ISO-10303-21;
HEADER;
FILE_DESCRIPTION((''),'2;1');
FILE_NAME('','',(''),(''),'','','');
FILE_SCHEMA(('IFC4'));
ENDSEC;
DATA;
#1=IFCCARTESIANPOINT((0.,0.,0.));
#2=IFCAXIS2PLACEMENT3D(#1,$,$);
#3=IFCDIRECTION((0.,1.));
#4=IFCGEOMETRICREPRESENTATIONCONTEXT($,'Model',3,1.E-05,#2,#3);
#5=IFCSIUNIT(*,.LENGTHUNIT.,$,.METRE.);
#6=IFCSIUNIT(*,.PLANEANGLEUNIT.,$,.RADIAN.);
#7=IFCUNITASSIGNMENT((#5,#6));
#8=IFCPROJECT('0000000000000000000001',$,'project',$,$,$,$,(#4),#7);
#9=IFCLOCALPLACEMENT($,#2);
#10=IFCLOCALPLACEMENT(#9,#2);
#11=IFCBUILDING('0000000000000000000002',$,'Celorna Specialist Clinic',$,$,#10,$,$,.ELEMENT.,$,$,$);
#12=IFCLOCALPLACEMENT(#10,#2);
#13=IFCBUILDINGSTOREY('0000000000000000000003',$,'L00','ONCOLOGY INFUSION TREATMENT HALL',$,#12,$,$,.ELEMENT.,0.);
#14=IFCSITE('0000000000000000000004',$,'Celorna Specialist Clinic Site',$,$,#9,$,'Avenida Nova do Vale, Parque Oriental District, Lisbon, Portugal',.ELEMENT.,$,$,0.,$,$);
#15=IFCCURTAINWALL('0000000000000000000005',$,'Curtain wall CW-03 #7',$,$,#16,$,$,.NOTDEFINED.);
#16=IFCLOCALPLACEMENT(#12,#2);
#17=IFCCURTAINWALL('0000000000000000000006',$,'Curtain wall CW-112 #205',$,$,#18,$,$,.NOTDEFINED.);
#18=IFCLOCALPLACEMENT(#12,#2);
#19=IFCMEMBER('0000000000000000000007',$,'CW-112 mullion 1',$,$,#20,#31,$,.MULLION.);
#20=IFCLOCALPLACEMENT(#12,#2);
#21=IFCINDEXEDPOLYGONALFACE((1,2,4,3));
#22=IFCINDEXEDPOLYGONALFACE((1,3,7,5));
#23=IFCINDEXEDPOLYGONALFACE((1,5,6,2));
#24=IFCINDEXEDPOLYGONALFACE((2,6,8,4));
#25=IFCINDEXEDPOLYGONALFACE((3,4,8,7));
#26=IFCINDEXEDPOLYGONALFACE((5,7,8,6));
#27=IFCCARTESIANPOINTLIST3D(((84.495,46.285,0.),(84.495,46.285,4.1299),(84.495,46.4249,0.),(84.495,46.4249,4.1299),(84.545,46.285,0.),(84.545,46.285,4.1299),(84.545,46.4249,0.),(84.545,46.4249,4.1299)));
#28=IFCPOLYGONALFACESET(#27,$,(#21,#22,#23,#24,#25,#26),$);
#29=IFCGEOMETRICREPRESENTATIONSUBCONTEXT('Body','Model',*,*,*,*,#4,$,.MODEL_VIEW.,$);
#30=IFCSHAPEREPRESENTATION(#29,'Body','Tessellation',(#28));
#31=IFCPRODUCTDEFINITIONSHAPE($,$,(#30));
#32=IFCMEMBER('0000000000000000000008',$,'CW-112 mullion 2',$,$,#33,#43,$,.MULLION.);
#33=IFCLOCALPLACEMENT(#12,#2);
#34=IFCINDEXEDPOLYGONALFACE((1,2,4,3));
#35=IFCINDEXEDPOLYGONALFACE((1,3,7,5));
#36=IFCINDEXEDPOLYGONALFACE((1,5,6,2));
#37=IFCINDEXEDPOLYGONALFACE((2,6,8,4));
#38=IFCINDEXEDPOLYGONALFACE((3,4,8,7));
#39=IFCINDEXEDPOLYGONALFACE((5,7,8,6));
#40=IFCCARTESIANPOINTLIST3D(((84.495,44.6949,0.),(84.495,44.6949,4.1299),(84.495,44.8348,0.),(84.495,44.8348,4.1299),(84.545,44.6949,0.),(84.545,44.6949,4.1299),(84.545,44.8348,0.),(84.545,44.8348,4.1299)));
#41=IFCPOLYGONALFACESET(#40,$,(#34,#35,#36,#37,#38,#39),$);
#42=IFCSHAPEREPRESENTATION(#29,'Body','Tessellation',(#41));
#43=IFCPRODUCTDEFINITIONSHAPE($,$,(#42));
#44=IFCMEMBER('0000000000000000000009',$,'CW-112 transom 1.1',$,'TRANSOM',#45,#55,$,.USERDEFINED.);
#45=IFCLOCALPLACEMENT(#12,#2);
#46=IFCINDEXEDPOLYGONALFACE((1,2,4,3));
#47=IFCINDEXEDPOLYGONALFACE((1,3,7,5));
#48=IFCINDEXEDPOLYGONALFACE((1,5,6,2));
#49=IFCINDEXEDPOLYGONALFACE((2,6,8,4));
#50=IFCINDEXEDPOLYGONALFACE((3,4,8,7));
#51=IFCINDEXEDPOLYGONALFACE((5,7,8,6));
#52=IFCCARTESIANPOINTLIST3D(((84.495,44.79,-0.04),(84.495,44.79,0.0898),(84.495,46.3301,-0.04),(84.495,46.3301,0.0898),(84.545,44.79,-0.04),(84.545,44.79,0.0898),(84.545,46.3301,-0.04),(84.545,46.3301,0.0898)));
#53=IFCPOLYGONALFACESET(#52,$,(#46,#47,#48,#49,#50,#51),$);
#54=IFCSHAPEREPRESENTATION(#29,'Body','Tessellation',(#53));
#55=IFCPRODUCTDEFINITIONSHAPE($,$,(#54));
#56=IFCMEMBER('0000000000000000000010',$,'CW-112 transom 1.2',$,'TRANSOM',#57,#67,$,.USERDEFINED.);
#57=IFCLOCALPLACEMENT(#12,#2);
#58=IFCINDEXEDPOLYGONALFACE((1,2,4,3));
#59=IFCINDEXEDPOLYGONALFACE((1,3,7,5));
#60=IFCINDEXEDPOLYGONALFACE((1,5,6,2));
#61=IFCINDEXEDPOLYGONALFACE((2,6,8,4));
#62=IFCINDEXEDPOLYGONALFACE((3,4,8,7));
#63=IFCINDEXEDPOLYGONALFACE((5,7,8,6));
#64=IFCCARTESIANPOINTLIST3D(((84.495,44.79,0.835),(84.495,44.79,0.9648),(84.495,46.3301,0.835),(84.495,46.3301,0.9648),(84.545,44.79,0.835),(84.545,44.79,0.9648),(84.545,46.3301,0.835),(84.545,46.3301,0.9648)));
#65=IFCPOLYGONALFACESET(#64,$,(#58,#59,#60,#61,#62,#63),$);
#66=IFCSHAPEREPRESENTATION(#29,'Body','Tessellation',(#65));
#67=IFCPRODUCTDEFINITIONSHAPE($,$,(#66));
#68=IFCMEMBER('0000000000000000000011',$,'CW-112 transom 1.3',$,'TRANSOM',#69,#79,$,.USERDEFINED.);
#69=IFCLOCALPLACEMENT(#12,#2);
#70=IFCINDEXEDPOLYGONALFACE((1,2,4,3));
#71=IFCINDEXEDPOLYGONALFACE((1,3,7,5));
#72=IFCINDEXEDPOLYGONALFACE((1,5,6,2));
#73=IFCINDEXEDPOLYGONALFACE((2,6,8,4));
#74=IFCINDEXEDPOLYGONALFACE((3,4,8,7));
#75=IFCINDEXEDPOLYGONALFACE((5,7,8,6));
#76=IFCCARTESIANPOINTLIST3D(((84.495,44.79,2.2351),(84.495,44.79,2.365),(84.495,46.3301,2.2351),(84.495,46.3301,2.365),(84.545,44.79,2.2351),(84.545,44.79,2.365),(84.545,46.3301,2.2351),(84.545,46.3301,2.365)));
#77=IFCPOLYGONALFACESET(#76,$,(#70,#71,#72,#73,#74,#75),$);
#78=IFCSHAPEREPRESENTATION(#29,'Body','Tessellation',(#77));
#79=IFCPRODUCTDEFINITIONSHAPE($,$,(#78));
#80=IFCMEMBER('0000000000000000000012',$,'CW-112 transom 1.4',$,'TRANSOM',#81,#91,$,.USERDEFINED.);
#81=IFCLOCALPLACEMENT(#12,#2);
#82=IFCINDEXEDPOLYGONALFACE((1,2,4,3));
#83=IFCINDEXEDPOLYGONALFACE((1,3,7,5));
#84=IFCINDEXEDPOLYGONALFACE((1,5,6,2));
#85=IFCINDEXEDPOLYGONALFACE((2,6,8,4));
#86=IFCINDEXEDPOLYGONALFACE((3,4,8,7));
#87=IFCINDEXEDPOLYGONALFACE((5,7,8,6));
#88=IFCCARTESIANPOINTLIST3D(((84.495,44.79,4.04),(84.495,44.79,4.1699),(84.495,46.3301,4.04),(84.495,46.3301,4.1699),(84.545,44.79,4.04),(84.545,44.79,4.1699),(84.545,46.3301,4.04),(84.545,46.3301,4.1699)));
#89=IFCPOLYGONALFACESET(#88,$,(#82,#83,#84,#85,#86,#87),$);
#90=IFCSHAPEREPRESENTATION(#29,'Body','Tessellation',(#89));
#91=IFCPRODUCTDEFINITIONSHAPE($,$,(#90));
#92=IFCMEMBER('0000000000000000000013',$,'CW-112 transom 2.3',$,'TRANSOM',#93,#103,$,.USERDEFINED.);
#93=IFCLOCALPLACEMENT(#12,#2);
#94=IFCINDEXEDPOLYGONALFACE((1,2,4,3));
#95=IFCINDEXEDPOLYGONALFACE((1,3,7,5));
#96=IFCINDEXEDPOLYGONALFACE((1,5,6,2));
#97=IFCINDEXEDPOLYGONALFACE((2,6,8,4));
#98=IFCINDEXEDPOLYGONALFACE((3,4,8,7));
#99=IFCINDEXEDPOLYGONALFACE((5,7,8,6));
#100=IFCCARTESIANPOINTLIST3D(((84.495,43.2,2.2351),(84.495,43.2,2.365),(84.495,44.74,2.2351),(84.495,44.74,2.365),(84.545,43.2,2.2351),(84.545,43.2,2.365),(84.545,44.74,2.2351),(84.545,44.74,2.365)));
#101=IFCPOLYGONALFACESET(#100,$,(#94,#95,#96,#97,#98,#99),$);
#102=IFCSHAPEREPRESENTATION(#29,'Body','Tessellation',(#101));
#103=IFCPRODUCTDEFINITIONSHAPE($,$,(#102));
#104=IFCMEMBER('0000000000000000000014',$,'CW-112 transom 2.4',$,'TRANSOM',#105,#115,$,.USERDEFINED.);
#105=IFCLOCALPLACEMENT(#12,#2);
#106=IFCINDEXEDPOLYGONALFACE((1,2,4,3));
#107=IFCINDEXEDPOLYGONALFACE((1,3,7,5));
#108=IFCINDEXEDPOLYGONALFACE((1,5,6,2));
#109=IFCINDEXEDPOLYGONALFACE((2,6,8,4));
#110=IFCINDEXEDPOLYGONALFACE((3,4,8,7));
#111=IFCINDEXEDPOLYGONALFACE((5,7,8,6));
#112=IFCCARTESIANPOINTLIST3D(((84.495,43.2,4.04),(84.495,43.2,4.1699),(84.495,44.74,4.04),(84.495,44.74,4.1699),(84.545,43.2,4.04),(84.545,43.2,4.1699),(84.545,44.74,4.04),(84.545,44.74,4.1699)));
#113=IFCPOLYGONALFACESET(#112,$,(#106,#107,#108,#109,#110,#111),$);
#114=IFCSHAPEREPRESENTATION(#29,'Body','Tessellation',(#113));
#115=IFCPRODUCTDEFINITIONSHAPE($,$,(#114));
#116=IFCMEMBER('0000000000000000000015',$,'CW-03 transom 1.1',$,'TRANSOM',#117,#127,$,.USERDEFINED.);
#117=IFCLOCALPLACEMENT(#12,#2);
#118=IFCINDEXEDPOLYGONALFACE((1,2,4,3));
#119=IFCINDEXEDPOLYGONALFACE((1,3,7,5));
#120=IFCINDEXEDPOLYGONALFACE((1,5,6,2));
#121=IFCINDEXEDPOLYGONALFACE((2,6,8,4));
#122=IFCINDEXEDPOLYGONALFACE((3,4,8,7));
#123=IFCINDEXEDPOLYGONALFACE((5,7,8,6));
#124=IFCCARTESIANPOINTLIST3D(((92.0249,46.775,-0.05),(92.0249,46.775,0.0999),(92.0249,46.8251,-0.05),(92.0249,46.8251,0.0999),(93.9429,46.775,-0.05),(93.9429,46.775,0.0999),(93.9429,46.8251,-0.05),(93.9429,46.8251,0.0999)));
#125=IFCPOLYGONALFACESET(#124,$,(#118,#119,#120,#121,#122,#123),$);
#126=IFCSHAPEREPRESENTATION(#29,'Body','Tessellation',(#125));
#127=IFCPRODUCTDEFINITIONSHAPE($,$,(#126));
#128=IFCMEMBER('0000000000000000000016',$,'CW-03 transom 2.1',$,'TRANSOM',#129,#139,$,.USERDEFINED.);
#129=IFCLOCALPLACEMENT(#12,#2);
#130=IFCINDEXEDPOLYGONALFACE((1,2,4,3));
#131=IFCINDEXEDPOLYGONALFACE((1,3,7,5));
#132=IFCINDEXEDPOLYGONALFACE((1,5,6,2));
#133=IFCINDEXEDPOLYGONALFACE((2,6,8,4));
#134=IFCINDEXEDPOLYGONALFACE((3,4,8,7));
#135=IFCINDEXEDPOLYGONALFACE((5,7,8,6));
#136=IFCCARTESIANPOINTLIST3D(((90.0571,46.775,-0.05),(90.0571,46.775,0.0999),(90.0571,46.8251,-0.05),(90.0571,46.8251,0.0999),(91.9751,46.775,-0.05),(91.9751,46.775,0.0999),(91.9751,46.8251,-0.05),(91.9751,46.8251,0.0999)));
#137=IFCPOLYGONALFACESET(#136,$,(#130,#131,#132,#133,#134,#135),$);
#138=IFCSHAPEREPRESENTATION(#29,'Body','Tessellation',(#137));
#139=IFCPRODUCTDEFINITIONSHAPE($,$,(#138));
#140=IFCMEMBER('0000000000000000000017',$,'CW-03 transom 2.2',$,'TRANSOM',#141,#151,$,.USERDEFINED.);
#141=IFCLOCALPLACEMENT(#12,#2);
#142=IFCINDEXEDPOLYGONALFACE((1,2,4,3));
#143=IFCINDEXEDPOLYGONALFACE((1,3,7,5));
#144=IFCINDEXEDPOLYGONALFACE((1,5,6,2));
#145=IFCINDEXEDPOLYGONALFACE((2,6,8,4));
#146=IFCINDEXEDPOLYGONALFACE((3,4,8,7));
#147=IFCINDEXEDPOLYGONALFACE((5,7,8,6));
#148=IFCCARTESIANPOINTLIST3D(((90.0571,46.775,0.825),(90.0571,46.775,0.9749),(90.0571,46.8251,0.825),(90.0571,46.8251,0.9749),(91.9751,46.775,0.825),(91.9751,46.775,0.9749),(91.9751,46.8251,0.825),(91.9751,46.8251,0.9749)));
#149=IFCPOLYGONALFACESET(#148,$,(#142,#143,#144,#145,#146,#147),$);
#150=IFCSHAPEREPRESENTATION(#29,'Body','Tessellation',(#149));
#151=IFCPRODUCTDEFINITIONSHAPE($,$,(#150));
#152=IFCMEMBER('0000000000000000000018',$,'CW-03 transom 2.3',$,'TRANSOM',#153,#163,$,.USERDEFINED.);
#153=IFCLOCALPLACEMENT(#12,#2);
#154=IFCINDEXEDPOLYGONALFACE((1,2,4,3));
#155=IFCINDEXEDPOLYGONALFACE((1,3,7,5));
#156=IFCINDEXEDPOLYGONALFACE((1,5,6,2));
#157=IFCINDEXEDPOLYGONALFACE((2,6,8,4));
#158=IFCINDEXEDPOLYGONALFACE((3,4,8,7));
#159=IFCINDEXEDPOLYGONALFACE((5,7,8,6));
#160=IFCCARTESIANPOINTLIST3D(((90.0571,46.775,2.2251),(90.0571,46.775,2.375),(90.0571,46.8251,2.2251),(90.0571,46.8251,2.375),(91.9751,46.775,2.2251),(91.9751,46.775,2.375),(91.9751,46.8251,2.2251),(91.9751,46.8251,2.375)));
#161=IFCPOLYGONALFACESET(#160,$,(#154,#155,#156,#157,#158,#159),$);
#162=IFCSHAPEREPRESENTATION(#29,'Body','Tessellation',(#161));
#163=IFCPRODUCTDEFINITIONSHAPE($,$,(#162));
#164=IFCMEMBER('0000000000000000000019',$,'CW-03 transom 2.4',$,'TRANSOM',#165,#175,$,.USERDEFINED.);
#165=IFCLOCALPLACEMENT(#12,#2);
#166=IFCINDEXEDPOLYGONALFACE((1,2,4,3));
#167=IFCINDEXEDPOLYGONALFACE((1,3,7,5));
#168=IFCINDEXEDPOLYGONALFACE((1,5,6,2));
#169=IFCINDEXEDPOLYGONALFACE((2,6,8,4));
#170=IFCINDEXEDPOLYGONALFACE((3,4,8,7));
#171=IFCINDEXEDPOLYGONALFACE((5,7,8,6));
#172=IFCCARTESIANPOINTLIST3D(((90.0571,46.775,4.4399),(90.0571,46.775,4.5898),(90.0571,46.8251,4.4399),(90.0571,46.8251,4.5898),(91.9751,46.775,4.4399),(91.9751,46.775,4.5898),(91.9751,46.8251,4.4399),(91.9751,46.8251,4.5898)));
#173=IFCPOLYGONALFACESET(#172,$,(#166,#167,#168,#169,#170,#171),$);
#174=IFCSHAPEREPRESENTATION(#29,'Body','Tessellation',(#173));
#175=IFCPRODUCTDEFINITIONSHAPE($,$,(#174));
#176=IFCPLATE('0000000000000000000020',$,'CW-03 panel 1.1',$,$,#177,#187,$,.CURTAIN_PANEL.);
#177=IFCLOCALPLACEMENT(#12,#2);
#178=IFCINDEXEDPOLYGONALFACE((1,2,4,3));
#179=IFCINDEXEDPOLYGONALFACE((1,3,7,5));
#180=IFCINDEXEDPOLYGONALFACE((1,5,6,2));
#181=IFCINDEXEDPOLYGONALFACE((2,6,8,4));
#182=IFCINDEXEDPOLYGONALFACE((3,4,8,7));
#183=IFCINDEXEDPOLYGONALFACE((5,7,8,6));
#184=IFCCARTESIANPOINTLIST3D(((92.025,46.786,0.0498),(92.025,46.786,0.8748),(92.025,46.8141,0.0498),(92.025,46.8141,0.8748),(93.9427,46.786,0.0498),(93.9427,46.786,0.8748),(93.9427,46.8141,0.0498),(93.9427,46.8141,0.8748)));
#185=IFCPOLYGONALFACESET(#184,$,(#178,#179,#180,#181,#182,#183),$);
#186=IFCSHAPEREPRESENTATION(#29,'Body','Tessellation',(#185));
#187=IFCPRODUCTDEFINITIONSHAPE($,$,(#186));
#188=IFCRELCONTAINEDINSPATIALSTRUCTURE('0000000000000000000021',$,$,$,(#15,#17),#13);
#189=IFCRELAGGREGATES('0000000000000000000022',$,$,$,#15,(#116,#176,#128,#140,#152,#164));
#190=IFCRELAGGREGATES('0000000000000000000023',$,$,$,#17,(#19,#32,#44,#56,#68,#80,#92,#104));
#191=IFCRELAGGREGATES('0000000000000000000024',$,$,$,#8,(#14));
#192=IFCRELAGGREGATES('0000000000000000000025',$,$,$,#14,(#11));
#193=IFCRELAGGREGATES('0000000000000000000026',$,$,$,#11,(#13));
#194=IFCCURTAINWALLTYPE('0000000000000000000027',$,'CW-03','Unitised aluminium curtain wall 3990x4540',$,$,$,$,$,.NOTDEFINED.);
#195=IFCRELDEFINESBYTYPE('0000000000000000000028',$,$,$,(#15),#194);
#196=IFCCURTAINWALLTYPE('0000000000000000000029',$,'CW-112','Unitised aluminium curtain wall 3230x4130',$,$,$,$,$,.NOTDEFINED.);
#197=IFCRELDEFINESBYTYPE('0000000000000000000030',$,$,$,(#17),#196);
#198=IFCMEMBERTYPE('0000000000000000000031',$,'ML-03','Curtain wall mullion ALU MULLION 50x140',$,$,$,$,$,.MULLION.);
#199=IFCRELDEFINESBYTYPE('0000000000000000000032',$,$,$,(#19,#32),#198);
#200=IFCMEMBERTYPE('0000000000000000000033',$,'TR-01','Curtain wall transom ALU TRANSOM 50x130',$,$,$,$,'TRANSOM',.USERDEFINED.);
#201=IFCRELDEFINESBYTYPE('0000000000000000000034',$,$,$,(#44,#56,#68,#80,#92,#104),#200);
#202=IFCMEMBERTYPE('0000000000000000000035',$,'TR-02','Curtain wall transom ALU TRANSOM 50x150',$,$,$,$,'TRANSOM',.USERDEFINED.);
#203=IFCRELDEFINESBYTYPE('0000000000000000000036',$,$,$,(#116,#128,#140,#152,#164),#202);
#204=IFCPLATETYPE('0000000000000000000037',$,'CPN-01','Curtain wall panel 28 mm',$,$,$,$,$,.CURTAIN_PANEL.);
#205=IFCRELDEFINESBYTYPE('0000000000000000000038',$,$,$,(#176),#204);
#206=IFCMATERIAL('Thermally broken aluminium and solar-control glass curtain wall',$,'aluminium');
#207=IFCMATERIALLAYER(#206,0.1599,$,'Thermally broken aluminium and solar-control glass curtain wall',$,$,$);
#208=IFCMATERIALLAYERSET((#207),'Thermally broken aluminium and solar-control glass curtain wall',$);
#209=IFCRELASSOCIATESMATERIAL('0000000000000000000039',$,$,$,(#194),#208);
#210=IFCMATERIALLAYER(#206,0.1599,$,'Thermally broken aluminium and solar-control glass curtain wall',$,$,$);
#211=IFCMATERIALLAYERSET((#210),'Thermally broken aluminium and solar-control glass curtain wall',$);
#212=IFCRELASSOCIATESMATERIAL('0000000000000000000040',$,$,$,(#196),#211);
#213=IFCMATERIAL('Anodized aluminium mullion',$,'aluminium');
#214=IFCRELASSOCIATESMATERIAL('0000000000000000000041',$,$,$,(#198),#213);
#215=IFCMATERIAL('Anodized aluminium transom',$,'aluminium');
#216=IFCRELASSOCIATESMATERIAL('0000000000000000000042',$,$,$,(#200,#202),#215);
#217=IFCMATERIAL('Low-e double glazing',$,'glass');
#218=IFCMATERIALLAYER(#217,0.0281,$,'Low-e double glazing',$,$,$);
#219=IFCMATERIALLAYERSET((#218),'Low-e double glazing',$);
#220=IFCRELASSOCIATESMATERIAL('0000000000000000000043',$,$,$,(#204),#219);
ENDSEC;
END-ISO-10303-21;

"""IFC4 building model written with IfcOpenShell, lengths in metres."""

from ifc_helpers import new_model, si_unit, direction, frame, origin, origin_2d, place, context, subcontext, project, spatial, rectangle, extrude, material, layer, layer_set, material_profile, profile_set, type_object, element, aggregate, save


model = new_model("IFC4")

# Units and contexts
model_context = context("Model", 3, precision=1e-05, world=origin(), true_north=direction((0.0, 1.0)))
body_context = subcontext(model_context, "Body", "Model", "MODEL_VIEW")
ifc_project = project(units=[si_unit("LENGTHUNIT", "METRE"), si_unit("PLANEANGLEUNIT", "RADIAN")], contexts=[model_context])

# Site, building, storey
site_placement = place(None, origin())
site = spatial("IfcSite", under=ifc_project, at=site_placement, Name="Celorna Specialist Clinic Site", LongName="Avenida Nova do Vale, Parque Oriental District, Lisbon, Portugal", CompositionType="ELEMENT", RefElevation=0.0)
building_placement = place(site_placement, origin())
building = spatial("IfcBuilding", under=site, at=building_placement, Name="Celorna Specialist Clinic", CompositionType="ELEMENT")
storey_placement = place(building_placement, origin())
storey = spatial("IfcBuildingStorey", under=building, at=storey_placement, Name="L00", Description="ONCOLOGY INFUSION TREATMENT HALL", CompositionType="ELEMENT", Elevation=0.0)

# Curtain walls, members
ifc_material_1 = material(Name="Thermally broken aluminium and solar-control glass curtain wall", Category="aluminium")
ifc_layer_1 = layer(ifc_material_1, 0.1599, Name="Thermally broken aluminium and solar-control glass curtain wall")
ifc_layer_set_1 = layer_set([ifc_layer_1], Name="Thermally broken aluminium and solar-control glass curtain wall")
curtain_wall_type_1 = type_object("IfcCurtainWallType", Name="CW-03", Description="Unitised aluminium curtain wall 3990x4540", PredefinedType="NOTDEFINED", material=ifc_layer_set_1)
curtain_wall_1_placement = place(storey_placement, origin())
curtain_wall_1 = element("IfcCurtainWall", 1, at=curtain_wall_1_placement, inside=storey, type_object=curtain_wall_type_1, Name="Curtain wall CW-03 #7", PredefinedType="NOTDEFINED")
ifc_material_2 = material(Name="Anodized aluminium mullion", Category="aluminium")
ifc_layer_2 = layer(ifc_material_1, 0.1599, Name="Thermally broken aluminium and solar-control glass curtain wall")
ifc_layer_set_2 = layer_set([ifc_layer_2], Name="Thermally broken aluminium and solar-control glass curtain wall")
curtain_wall_type_2 = type_object("IfcCurtainWallType", Name="CW-112", Description="Unitised aluminium curtain wall 3230x4130", PredefinedType="NOTDEFINED", material=ifc_layer_set_2)
curtain_wall_2_placement = place(storey_placement, origin())
curtain_wall_2 = element("IfcCurtainWall", 2, at=curtain_wall_2_placement, inside=storey, type_object=curtain_wall_type_2, Name="Curtain wall CW-112 #205", PredefinedType="NOTDEFINED")
ifc_material_profile_1 = material_profile(ifc_material_2, rectangle(XDim=0.05, YDim=0.1399, at=origin_2d()), Name="ALU MULLION 50x140")
ifc_profile_set_1 = profile_set([ifc_material_profile_1], Name="Anodized aluminium mullion")
member_type_1 = type_object("IfcMemberType", Name="ML-03", Description="Curtain wall mullion ALU MULLION 50x140", PredefinedType="MULLION", material=ifc_profile_set_1)
member_1_placement = place(storey_placement, frame((84.52, 46.355, 0.0), z_axis=(0.0, 0.0, 1.0), x_axis=(1.0, 0.0, 0.0)))
member_1 = element("IfcMember", 3, at=member_1_placement, type_object=member_type_1, Name="CW-112 mullion 1", PredefinedType="MULLION", context=body_context, shape_type="SweptSolid", body=[
    extrude(rectangle(XDim=0.05, YDim=0.1399, at=origin_2d()), origin(), (0.0, 0.0, 1.0), 4.1299),
])
member_2_placement = place(storey_placement, frame((84.52, 44.7649, 0.0), z_axis=(0.0, 0.0, 1.0), x_axis=(1.0, 0.0, 0.0)))
member_2 = element("IfcMember", 4, at=member_2_placement, type_object=member_type_1, Name="CW-112 mullion 2", PredefinedType="MULLION", context=body_context, shape_type="SweptSolid", body=[
    extrude(rectangle(XDim=0.05, YDim=0.1399, at=origin_2d()), origin(), (0.0, 0.0, 1.0), 4.1299),
])
ifc_material_3 = material(Name="Anodized aluminium transom", Category="aluminium")
ifc_material_profile_2 = material_profile(ifc_material_3, rectangle(XDim=0.05, YDim=0.1299, at=origin_2d()), Name="ALU TRANSOM 50x130")
ifc_profile_set_2 = profile_set([ifc_material_profile_2], Name="Anodized aluminium transom")
member_type_2 = type_object("IfcMemberType", Name="TR-01", Description="Curtain wall transom ALU TRANSOM 50x130", ElementType="TRANSOM", PredefinedType="USERDEFINED", material=ifc_profile_set_2)
member_3_placement = place(storey_placement, frame((84.52, 46.3301, 0.0249), z_axis=(0.0, -1.0, 0.0), x_axis=(1.0, 0.0, 0.0)))
member_3 = element("IfcMember", 5, at=member_3_placement, type_object=member_type_2, Name="CW-112 transom 1.1", ObjectType="TRANSOM", PredefinedType="USERDEFINED", context=body_context, shape_type="SweptSolid", body=[
    extrude(rectangle(XDim=0.05, YDim=0.1299, at=origin_2d()), origin(), (0.0, 0.0, 1.0), 1.54),
])
member_4_placement = place(storey_placement, frame((84.52, 46.3301, 0.8999), z_axis=(0.0, -1.0, 0.0), x_axis=(1.0, 0.0, 0.0)))
member_4 = element("IfcMember", 6, at=member_4_placement, type_object=member_type_2, Name="CW-112 transom 1.2", ObjectType="TRANSOM", PredefinedType="USERDEFINED", context=body_context, shape_type="SweptSolid", body=[
    extrude(rectangle(XDim=0.05, YDim=0.1299, at=origin_2d()), origin(), (0.0, 0.0, 1.0), 1.54),
])
member_5_placement = place(storey_placement, frame((84.52, 46.3301, 2.3), z_axis=(0.0, -1.0, 0.0), x_axis=(1.0, 0.0, 0.0)))
member_5 = element("IfcMember", 7, at=member_5_placement, type_object=member_type_2, Name="CW-112 transom 1.3", ObjectType="TRANSOM", PredefinedType="USERDEFINED", context=body_context, shape_type="SweptSolid", body=[
    extrude(rectangle(XDim=0.05, YDim=0.1299, at=origin_2d()), origin(), (0.0, 0.0, 1.0), 1.54),
])
member_6_placement = place(storey_placement, frame((84.52, 46.3301, 4.105), z_axis=(0.0, -1.0, 0.0), x_axis=(1.0, 0.0, 0.0)))
member_6 = element("IfcMember", 8, at=member_6_placement, type_object=member_type_2, Name="CW-112 transom 1.4", ObjectType="TRANSOM", PredefinedType="USERDEFINED", context=body_context, shape_type="SweptSolid", body=[
    extrude(rectangle(XDim=0.05, YDim=0.1299, at=origin_2d()), origin(), (0.0, 0.0, 1.0), 1.54),
])
member_7_placement = place(storey_placement, frame((84.52, 44.74, 2.3), z_axis=(0.0, -1.0, 0.0), x_axis=(1.0, 0.0, 0.0)))
member_7 = element("IfcMember", 9, at=member_7_placement, type_object=member_type_2, Name="CW-112 transom 2.3", ObjectType="TRANSOM", PredefinedType="USERDEFINED", context=body_context, shape_type="SweptSolid", body=[
    extrude(rectangle(XDim=0.05, YDim=0.1299, at=origin_2d()), origin(), (0.0, 0.0, 1.0), 1.54),
])
member_8_placement = place(storey_placement, frame((84.52, 44.74, 4.105), z_axis=(0.0, -1.0, 0.0), x_axis=(1.0, 0.0, 0.0)))
member_8 = element("IfcMember", 10, at=member_8_placement, type_object=member_type_2, Name="CW-112 transom 2.4", ObjectType="TRANSOM", PredefinedType="USERDEFINED", context=body_context, shape_type="SweptSolid", body=[
    extrude(rectangle(XDim=0.05, YDim=0.1299, at=origin_2d()), origin(), (0.0, 0.0, 1.0), 1.54),
])

# Members
ifc_material_profile_3 = material_profile(ifc_material_3, rectangle(XDim=0.05, YDim=0.1499, at=origin_2d()), Name="ALU TRANSOM 50x150")
ifc_profile_set_3 = profile_set([ifc_material_profile_3], Name="Anodized aluminium transom")
member_type_3 = type_object("IfcMemberType", Name="TR-02", Description="Curtain wall transom ALU TRANSOM 50x150", ElementType="TRANSOM", PredefinedType="USERDEFINED", material=ifc_profile_set_3)
member_9_placement = place(storey_placement, frame((93.9429, 46.8, 0.0249), z_axis=(-1.0, 0.0, 0.0), x_axis=(0.0, -1.0, 0.0)))
member_9 = element("IfcMember", 11, at=member_9_placement, type_object=member_type_3, Name="CW-03 transom 1.1", ObjectType="TRANSOM", PredefinedType="USERDEFINED", context=body_context, shape_type="SweptSolid", body=[
    extrude(rectangle(XDim=0.05, YDim=0.1499, at=origin_2d()), origin(), (0.0, 0.0, 1.0), 1.918),
])
member_10_placement = place(storey_placement, frame((91.9751, 46.8, 0.0249), z_axis=(-1.0, 0.0, 0.0), x_axis=(0.0, -1.0, 0.0)))
member_10 = element("IfcMember", 12, at=member_10_placement, type_object=member_type_3, Name="CW-03 transom 2.1", ObjectType="TRANSOM", PredefinedType="USERDEFINED", context=body_context, shape_type="SweptSolid", body=[
    extrude(rectangle(XDim=0.05, YDim=0.1499, at=origin_2d()), origin(), (0.0, 0.0, 1.0), 1.918),
])
member_11_placement = place(storey_placement, frame((91.9751, 46.8, 0.8999), z_axis=(-1.0, 0.0, 0.0), x_axis=(0.0, -1.0, 0.0)))
member_11 = element("IfcMember", 13, at=member_11_placement, type_object=member_type_3, Name="CW-03 transom 2.2", ObjectType="TRANSOM", PredefinedType="USERDEFINED", context=body_context, shape_type="SweptSolid", body=[
    extrude(rectangle(XDim=0.05, YDim=0.1499, at=origin_2d()), origin(), (0.0, 0.0, 1.0), 1.918),
])
member_12_placement = place(storey_placement, frame((91.9751, 46.8, 2.3), z_axis=(-1.0, 0.0, 0.0), x_axis=(0.0, -1.0, 0.0)))
member_12 = element("IfcMember", 14, at=member_12_placement, type_object=member_type_3, Name="CW-03 transom 2.3", ObjectType="TRANSOM", PredefinedType="USERDEFINED", context=body_context, shape_type="SweptSolid", body=[
    extrude(rectangle(XDim=0.05, YDim=0.1499, at=origin_2d()), origin(), (0.0, 0.0, 1.0), 1.918),
])
member_13_placement = place(storey_placement, frame((91.9751, 46.8, 4.5149), z_axis=(-1.0, 0.0, 0.0), x_axis=(0.0, -1.0, 0.0)))
member_13 = element("IfcMember", 15, at=member_13_placement, type_object=member_type_3, Name="CW-03 transom 2.4", ObjectType="TRANSOM", PredefinedType="USERDEFINED", context=body_context, shape_type="SweptSolid", body=[
    extrude(rectangle(XDim=0.05, YDim=0.1499, at=origin_2d()), origin(), (0.0, 0.0, 1.0), 1.918),
])

# Plate
ifc_material_4 = material(Name="Low-e double glazing", Category="glass")
ifc_layer_3 = layer(ifc_material_4, 0.0281, Name="Low-e double glazing")
ifc_layer_set_3 = layer_set([ifc_layer_3], Name="Low-e double glazing")
plate_type = type_object("IfcPlateType", Name="CPN-01", Description="Curtain wall panel 28 mm", PredefinedType="CURTAIN_PANEL", material=ifc_layer_set_3)
plate_1_placement = place(storey_placement, frame((92.9839, 46.8, 0.0498), z_axis=(0.0, 0.0, 1.0), x_axis=(-1.0, 0.0, 0.0)))
plate_1 = element("IfcPlate", 16, at=plate_1_placement, type_object=plate_type, Name="CW-03 panel 1.1", PredefinedType="CURTAIN_PANEL", context=body_context, shape_type="SweptSolid", body=[
    extrude(rectangle(XDim=1.9177, YDim=0.0281, at=origin_2d()), origin(), (0.0, 0.0, 1.0), 0.825),
])
aggregate(curtain_wall_1, [member_9, plate_1, member_10, member_11, member_12, member_13])
aggregate(curtain_wall_2, [member_1, member_2, member_3, member_4, member_5, member_6, member_7, member_8])

save(model, "model.ifc")
